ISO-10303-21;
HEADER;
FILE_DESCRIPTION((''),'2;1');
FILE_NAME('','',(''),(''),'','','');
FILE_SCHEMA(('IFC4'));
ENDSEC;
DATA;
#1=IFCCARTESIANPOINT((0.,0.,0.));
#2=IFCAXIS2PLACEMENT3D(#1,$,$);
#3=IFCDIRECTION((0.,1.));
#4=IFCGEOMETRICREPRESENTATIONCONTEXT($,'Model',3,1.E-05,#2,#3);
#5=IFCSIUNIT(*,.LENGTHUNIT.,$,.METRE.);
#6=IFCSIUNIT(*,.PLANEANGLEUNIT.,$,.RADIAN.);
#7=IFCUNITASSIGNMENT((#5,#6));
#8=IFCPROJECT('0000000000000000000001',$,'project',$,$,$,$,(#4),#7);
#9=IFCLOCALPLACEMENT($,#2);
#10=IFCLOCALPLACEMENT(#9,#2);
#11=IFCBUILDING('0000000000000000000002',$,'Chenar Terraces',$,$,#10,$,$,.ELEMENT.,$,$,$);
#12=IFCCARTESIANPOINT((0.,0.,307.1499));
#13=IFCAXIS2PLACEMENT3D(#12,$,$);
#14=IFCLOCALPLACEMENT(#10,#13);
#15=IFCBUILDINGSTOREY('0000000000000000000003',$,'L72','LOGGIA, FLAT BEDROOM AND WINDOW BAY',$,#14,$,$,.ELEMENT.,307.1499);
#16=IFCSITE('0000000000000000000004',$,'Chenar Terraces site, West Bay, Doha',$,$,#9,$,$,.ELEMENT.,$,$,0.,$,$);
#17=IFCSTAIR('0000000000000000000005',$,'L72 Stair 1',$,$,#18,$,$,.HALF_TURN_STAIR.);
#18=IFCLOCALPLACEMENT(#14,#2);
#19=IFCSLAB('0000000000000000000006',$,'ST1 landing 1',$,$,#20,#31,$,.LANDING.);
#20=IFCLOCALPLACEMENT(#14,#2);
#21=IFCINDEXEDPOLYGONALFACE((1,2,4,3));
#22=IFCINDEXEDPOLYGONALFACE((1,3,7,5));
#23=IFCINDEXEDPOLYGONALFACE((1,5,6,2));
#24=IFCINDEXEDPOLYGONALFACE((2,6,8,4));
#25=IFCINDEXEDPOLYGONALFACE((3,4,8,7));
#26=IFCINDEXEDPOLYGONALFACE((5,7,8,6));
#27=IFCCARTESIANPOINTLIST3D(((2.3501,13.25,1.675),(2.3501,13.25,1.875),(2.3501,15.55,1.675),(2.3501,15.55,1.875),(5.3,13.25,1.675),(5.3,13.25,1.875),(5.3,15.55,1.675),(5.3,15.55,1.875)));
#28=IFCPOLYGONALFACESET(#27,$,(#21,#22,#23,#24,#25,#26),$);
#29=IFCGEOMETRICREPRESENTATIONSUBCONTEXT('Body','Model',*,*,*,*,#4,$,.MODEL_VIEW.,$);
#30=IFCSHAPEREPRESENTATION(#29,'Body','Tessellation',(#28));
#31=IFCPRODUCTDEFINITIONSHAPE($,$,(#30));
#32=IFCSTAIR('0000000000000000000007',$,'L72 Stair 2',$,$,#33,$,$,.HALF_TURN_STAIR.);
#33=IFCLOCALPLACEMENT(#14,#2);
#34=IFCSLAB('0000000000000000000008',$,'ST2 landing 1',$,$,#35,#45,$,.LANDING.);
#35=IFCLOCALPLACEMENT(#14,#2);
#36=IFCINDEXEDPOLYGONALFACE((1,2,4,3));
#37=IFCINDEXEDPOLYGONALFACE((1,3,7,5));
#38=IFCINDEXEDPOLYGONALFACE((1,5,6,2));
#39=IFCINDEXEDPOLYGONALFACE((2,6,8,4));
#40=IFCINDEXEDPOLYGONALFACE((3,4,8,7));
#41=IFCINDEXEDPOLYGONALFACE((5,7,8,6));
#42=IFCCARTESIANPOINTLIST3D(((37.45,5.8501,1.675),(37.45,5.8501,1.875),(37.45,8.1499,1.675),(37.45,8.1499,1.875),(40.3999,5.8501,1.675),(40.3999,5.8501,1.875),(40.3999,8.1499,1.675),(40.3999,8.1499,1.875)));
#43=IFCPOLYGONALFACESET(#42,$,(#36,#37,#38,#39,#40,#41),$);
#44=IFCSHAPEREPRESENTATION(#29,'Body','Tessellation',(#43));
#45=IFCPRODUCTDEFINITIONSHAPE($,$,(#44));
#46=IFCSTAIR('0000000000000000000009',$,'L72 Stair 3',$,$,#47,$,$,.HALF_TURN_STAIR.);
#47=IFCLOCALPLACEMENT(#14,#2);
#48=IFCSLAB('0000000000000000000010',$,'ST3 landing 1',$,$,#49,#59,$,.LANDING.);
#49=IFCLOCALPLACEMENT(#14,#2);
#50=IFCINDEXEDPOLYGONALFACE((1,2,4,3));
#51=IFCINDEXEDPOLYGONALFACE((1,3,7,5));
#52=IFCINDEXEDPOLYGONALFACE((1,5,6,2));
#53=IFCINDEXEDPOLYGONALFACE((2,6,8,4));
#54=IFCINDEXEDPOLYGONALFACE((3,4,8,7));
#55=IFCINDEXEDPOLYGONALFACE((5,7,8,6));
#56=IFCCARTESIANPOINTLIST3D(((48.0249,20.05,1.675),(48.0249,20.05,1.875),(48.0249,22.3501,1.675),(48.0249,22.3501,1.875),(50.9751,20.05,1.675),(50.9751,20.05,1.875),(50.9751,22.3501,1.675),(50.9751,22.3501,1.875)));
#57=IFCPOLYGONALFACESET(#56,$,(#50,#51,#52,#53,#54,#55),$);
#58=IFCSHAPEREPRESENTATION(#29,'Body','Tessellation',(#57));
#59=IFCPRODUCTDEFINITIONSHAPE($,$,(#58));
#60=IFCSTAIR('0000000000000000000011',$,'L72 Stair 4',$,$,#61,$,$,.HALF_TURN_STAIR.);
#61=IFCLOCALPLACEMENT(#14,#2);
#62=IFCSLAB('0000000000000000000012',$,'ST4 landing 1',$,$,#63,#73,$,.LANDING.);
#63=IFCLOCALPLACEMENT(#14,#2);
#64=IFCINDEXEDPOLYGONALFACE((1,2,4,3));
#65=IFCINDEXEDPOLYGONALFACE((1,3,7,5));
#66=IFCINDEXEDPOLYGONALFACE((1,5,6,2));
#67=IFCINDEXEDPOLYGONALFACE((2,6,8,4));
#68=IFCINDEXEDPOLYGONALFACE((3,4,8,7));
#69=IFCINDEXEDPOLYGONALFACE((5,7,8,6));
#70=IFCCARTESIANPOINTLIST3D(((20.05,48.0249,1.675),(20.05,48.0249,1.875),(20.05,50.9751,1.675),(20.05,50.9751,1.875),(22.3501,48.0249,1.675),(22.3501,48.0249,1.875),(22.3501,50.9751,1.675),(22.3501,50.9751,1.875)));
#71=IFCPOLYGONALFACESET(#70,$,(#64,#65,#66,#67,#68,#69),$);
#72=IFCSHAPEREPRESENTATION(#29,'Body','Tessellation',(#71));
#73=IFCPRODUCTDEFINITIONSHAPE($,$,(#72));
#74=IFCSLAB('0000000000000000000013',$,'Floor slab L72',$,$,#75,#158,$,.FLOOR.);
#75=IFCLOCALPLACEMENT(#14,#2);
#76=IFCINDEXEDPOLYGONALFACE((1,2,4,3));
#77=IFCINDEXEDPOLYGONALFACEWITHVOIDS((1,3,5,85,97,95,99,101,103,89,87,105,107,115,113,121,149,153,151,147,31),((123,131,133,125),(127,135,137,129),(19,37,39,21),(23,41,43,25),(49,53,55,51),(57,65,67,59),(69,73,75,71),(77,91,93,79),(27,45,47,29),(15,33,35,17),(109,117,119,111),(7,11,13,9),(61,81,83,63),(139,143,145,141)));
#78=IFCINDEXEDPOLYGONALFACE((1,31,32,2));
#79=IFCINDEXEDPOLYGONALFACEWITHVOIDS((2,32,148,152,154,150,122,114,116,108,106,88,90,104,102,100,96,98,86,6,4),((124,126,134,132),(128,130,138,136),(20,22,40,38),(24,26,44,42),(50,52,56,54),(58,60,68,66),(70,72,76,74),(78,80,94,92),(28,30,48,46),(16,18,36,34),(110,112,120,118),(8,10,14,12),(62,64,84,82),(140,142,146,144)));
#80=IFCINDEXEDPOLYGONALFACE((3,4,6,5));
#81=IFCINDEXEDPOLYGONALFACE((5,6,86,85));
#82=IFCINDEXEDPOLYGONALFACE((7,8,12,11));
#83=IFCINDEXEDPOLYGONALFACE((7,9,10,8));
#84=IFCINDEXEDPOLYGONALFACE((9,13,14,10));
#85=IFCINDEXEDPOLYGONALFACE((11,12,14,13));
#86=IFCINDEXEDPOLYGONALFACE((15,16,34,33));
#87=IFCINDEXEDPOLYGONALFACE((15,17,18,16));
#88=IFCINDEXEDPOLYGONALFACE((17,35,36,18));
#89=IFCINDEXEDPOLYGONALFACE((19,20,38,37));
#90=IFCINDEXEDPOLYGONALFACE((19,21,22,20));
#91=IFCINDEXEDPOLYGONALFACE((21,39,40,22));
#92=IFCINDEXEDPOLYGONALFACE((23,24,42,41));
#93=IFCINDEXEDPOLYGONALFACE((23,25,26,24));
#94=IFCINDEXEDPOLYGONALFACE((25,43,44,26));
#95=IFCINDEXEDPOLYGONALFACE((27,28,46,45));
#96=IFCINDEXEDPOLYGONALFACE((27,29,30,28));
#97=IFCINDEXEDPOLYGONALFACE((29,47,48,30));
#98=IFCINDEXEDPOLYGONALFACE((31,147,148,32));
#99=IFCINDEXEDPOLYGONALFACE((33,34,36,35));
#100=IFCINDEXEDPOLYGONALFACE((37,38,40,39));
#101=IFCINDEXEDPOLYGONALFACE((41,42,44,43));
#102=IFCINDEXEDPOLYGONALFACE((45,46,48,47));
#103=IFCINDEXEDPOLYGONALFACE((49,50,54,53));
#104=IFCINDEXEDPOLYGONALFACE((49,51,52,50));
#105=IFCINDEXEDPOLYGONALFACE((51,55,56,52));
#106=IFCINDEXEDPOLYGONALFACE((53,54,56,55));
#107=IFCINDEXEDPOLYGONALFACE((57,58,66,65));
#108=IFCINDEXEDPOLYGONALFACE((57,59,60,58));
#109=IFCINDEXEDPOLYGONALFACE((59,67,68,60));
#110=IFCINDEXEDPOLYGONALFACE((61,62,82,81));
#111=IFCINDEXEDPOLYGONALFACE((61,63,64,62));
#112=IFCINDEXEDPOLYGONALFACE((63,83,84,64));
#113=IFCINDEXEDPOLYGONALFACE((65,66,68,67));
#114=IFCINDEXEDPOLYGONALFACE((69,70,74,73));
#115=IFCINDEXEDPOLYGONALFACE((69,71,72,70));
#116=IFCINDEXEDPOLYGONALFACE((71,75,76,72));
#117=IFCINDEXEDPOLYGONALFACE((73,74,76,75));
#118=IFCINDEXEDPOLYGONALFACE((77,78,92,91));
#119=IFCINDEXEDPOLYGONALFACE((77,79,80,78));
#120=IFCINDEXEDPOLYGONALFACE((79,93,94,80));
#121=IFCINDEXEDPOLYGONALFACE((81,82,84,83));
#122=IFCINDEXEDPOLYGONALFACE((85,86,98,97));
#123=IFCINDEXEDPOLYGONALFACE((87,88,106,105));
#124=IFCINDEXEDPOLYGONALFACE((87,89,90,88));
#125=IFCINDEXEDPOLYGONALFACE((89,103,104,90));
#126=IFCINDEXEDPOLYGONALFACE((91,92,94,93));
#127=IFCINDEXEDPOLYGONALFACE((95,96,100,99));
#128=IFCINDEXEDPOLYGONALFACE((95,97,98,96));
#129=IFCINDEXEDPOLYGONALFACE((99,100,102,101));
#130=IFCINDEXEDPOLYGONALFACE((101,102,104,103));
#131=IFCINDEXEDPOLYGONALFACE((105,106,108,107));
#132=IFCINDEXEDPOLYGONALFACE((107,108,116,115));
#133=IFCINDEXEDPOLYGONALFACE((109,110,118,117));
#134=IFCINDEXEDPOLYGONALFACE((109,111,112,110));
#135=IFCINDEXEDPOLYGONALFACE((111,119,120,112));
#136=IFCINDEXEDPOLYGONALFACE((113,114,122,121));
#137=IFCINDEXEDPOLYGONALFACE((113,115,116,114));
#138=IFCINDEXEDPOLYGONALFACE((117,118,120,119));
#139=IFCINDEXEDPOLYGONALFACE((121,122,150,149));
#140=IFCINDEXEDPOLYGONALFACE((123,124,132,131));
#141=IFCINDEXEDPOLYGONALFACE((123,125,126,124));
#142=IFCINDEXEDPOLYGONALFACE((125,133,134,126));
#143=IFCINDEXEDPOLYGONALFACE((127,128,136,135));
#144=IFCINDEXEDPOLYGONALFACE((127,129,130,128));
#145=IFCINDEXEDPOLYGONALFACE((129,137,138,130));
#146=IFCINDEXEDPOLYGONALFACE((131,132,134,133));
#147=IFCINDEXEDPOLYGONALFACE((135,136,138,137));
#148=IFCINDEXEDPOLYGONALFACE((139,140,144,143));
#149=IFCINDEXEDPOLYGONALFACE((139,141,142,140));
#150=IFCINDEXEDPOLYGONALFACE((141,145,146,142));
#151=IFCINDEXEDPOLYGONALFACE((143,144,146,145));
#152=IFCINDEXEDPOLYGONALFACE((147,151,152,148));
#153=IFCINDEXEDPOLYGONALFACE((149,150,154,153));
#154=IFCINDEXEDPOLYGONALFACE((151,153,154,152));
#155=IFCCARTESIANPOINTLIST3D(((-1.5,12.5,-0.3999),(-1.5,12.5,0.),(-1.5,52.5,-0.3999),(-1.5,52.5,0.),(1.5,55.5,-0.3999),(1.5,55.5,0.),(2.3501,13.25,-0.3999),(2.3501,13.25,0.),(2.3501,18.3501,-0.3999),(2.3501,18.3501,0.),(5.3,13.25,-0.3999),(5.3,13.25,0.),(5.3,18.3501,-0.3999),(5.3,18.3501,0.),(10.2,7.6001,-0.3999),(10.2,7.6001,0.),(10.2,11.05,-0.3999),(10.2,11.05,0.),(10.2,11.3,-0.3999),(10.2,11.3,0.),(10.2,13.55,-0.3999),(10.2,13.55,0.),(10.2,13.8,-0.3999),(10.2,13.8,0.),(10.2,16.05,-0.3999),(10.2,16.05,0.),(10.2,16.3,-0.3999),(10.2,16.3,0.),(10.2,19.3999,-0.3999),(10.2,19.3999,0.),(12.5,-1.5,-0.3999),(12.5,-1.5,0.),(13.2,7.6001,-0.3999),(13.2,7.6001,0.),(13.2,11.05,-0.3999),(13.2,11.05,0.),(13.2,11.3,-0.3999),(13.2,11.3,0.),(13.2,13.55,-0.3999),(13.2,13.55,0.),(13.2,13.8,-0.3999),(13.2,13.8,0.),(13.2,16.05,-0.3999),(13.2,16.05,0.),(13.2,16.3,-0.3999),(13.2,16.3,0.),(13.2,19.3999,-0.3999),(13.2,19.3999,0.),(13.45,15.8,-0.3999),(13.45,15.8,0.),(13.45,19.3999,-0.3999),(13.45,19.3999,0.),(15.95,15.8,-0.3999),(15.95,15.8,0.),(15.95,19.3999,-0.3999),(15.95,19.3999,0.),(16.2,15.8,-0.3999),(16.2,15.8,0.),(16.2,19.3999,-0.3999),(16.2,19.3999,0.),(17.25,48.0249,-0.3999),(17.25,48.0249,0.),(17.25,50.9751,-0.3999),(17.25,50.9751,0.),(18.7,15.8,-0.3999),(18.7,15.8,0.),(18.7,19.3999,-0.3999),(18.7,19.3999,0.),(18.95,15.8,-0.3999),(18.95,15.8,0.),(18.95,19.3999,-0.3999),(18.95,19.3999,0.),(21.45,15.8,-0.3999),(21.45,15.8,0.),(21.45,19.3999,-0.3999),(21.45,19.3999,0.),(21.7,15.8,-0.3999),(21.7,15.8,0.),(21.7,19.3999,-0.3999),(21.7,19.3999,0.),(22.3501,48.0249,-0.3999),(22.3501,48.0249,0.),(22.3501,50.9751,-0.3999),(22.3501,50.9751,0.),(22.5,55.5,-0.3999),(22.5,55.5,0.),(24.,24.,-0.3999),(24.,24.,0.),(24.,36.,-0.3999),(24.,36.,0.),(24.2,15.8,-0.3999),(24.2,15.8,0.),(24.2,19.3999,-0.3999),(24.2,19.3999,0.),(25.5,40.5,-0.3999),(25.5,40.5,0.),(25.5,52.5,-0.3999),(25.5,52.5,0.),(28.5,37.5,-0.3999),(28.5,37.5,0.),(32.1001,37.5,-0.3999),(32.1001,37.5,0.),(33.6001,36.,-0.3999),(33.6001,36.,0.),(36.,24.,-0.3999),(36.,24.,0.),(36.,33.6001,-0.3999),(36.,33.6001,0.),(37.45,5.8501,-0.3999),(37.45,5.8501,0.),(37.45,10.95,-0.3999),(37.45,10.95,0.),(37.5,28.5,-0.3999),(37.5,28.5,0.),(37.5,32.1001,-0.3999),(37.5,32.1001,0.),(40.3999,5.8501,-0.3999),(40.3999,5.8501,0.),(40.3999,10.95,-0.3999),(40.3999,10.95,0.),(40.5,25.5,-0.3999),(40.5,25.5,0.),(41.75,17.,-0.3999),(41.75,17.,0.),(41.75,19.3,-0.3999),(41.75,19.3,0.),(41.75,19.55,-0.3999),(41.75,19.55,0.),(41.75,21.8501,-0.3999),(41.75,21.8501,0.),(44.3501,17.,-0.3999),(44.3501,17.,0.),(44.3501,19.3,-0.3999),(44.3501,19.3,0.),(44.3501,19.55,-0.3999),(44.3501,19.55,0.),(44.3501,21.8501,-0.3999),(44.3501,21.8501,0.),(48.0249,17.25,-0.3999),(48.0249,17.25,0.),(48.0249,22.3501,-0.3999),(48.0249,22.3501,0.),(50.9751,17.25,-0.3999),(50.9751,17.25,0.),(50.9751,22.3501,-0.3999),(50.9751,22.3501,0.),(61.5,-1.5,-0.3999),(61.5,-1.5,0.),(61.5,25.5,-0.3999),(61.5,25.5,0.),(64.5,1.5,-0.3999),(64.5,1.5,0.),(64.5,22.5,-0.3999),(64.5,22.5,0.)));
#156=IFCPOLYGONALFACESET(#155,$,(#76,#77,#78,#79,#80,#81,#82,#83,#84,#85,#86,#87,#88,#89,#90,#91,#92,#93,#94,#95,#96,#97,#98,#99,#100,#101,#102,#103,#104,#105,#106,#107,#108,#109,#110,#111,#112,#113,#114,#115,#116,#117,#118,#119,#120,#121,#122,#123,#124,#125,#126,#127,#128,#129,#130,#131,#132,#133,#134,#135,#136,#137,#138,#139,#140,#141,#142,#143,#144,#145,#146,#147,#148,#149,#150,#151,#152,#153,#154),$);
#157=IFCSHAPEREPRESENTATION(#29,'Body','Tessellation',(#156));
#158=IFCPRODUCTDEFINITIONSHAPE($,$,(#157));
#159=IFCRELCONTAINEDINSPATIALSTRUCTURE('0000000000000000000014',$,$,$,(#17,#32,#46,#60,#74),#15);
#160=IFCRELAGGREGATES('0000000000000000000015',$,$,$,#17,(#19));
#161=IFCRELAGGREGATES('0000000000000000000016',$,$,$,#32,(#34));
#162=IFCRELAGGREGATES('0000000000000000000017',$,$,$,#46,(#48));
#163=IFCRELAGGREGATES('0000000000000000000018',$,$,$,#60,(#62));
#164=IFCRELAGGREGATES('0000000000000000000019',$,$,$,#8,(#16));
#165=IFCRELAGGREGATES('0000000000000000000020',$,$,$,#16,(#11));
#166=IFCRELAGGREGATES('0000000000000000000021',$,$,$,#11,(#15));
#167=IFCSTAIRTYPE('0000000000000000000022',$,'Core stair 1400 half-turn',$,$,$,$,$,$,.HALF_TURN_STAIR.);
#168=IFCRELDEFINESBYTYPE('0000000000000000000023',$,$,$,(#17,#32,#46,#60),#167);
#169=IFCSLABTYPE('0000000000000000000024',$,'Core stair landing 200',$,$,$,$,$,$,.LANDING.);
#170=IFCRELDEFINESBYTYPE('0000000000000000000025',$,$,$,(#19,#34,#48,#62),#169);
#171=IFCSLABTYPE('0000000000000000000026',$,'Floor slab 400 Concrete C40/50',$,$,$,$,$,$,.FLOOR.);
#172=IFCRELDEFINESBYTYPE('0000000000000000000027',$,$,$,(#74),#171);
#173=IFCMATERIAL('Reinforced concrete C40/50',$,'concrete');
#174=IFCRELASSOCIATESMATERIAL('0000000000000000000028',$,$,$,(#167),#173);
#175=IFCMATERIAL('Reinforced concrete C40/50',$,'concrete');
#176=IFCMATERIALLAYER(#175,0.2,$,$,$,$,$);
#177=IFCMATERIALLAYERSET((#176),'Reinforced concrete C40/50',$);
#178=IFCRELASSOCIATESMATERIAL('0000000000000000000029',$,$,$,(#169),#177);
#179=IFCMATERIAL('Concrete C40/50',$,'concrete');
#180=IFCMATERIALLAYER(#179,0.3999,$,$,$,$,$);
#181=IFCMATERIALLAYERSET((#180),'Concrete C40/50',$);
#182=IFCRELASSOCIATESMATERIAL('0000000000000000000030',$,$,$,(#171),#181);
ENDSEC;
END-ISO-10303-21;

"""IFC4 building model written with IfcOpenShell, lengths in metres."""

from ifc_helpers import new_model, si_unit, direction, frame, origin, place, context, subcontext, project, spatial, polyline, outline, extrude, material, layer, layer_set, type_object, element, aggregate, save


model = new_model("IFC4")

# Units and contexts
model_context = context("Model", 3, precision=1e-05, world=origin(), true_north=direction((0.0, 1.0)))
body_context = subcontext(model_context, "Body", "Model", "MODEL_VIEW")
ifc_project = project(units=[si_unit("LENGTHUNIT", "METRE"), si_unit("PLANEANGLEUNIT", "RADIAN")], contexts=[model_context])

# Site, building, storey
site_placement = place(None, origin())
site = spatial("IfcSite", under=ifc_project, at=site_placement, Name="Chenar Terraces site, West Bay, Doha", CompositionType="ELEMENT", RefElevation=0.0)
building_placement = place(site_placement, origin())
building = spatial("IfcBuilding", under=site, at=building_placement, Name="Chenar Terraces", CompositionType="ELEMENT")
storey_placement = place(building_placement, frame((0.0, 0.0, 307.1499)))
storey = spatial("IfcBuildingStorey", under=building, at=storey_placement, Name="L72", Description="LOGGIA, FLAT BEDROOM AND WINDOW BAY", CompositionType="ELEMENT", Elevation=307.1499)

# Stairs, slabs
ifc_material_1 = material(Name="Reinforced concrete C40/50", Category="concrete")
stair_type = type_object("IfcStairType", Name="Core stair 1400 half-turn", PredefinedType="HALF_TURN_STAIR", material=ifc_material_1)
placement_1 = place(storey_placement, origin())
stair_1 = element("IfcStair", 1, at=placement_1, inside=storey, type_object=stair_type, Name="L72 Stair 1", PredefinedType="HALF_TURN_STAIR")
ifc_material_2 = material(Name="Reinforced concrete C40/50", Category="concrete")
ifc_layer_1 = layer(ifc_material_2, 0.2)
ifc_layer_set_1 = layer_set([ifc_layer_1], Name="Reinforced concrete C40/50")
slab_type_1 = type_object("IfcSlabType", Name="Core stair landing 200", PredefinedType="LANDING", material=ifc_layer_set_1)
placement_2 = place(storey_placement, frame((0.0, 0.0, 1.675)))
slab_1 = element("IfcSlab", 2, at=placement_2, type_object=slab_type_1, Name="ST1 landing 1", PredefinedType="LANDING", context=body_context, shape_type="SweptSolid", body=[
    extrude(outline(polyline([(2.3501, 15.55), (2.3501, 13.25), (5.3, 13.25), (5.3, 15.55), (2.3501, 15.55)])), origin(), (0.0, 0.0, 1.0), 0.2),
])
aggregate(stair_1, [slab_1])
stair_2 = element("IfcStair", 3, at=placement_1, inside=storey, type_object=stair_type, Name="L72 Stair 2", PredefinedType="HALF_TURN_STAIR")
slab_2 = element("IfcSlab", 4, at=placement_2, type_object=slab_type_1, Name="ST2 landing 1", PredefinedType="LANDING", context=body_context, shape_type="SweptSolid", body=[
    extrude(outline(polyline([(37.45, 8.1499), (37.45, 5.8501), (40.3999, 5.8501), (40.3999, 8.1499), (37.45, 8.1499)])), origin(), (0.0, 0.0, 1.0), 0.2),
])
aggregate(stair_2, [slab_2])
stair_3 = element("IfcStair", 5, at=placement_1, inside=storey, type_object=stair_type, Name="L72 Stair 3", PredefinedType="HALF_TURN_STAIR")
slab_3 = element("IfcSlab", 6, at=placement_2, type_object=slab_type_1, Name="ST3 landing 1", PredefinedType="LANDING", context=body_context, shape_type="SweptSolid", body=[
    extrude(outline(polyline([(50.9751, 20.05), (50.9751, 22.3501), (48.0249, 22.3501), (48.0249, 20.05), (50.9751, 20.05)])), origin(), (0.0, 0.0, 1.0), 0.2),
])
aggregate(stair_3, [slab_3])
stair_4 = element("IfcStair", 7, at=placement_1, inside=storey, type_object=stair_type, Name="L72 Stair 4", PredefinedType="HALF_TURN_STAIR")
slab_4 = element("IfcSlab", 8, at=placement_2, type_object=slab_type_1, Name="ST4 landing 1", PredefinedType="LANDING", context=body_context, shape_type="SweptSolid", body=[
    extrude(outline(polyline([(20.05, 48.0249), (22.3501, 48.0249), (22.3501, 50.9751), (20.05, 50.9751), (20.05, 48.0249)])), origin(), (0.0, 0.0, 1.0), 0.2),
])
aggregate(stair_4, [slab_4])

# Slab
ifc_material_3 = material(Name="Concrete C40/50", Category="concrete")
ifc_layer_2 = layer(ifc_material_3, 0.3999)
ifc_layer_set_2 = layer_set([ifc_layer_2], Name="Concrete C40/50")
slab_type_2 = type_object("IfcSlabType", Name="Floor slab 400 Concrete C40/50", PredefinedType="FLOOR", material=ifc_layer_set_2)
slab_5_placement = place(storey_placement, frame((0.0, 0.0, -0.3999)))
element("IfcSlab", 9, at=slab_5_placement, inside=storey, type_object=slab_type_2, Name="Floor slab L72", PredefinedType="FLOOR", context=body_context, shape_type="SweptSolid", body=[
    extrude(outline(polyline([(64.5, 22.5), (64.5, 1.5), (61.5, -1.5), (12.5, -1.5), (-1.5, 12.5), (-1.5, 52.5), (1.5, 55.5), (22.5, 55.5), (25.5, 52.5), (25.5, 40.5), (28.5, 37.5), (32.1001, 37.5), (33.6001, 36.0), (24.0, 36.0), (24.0, 24.0), (36.0, 24.0), (36.0, 33.6001), (37.5, 32.1001), (37.5, 28.5), (40.5, 25.5), (61.5, 25.5), (64.5, 22.5)]), holes=[polyline([(10.2, 11.05), (10.2, 7.6001), (13.2, 7.6001), (13.2, 11.05), (10.2, 11.05)]), polyline([(13.2, 13.55), (10.2, 13.55), (10.2, 11.3), (13.2, 11.3), (13.2, 13.55)]), polyline([(13.2, 16.05), (10.2, 16.05), (10.2, 13.8), (13.2, 13.8), (13.2, 16.05)]), polyline([(2.3501, 13.25), (5.3, 13.25), (5.3, 18.3501), (2.3501, 18.3501), (2.3501, 13.25)]), polyline([(15.95, 19.3999), (13.45, 19.3999), (13.45, 15.8), (15.95, 15.8), (15.95, 19.3999)]), polyline([(18.7, 19.3999), (16.2, 19.3999), (16.2, 15.8), (18.7, 15.8), (18.7, 19.3999)]), polyline([(13.2, 19.3999), (10.2, 19.3999), (10.2, 16.3), (13.2, 16.3), (13.2, 19.3999)]), polyline([(22.3501, 48.0249), (22.3501, 50.9751), (17.25, 50.9751), (17.25, 48.0249), (22.3501, 48.0249)]), polyline([(37.45, 5.8501), (40.3999, 5.8501), (40.3999, 10.95), (37.45, 10.95), (37.45, 5.8501)]), polyline([(21.45, 19.3999), (18.95, 19.3999), (18.95, 15.8), (21.45, 15.8), (21.45, 19.3999)]), polyline([(24.2, 19.3999), (21.7, 19.3999), (21.7, 15.8), (24.2, 15.8), (24.2, 19.3999)]), polyline([(44.3501, 19.3), (41.75, 19.3), (41.75, 17.0), (44.3501, 17.0), (44.3501, 19.3)]), polyline([(50.9751, 22.3501), (48.0249, 22.3501), (48.0249, 17.25), (50.9751, 17.25), (50.9751, 22.3501)]), polyline([(44.3501, 21.8501), (41.75, 21.8501), (41.75, 19.55), (44.3501, 19.55), (44.3501, 21.8501)])]), origin(), (0.0, 0.0, 1.0), 0.3999),
])

save(model, "model.ifc")
